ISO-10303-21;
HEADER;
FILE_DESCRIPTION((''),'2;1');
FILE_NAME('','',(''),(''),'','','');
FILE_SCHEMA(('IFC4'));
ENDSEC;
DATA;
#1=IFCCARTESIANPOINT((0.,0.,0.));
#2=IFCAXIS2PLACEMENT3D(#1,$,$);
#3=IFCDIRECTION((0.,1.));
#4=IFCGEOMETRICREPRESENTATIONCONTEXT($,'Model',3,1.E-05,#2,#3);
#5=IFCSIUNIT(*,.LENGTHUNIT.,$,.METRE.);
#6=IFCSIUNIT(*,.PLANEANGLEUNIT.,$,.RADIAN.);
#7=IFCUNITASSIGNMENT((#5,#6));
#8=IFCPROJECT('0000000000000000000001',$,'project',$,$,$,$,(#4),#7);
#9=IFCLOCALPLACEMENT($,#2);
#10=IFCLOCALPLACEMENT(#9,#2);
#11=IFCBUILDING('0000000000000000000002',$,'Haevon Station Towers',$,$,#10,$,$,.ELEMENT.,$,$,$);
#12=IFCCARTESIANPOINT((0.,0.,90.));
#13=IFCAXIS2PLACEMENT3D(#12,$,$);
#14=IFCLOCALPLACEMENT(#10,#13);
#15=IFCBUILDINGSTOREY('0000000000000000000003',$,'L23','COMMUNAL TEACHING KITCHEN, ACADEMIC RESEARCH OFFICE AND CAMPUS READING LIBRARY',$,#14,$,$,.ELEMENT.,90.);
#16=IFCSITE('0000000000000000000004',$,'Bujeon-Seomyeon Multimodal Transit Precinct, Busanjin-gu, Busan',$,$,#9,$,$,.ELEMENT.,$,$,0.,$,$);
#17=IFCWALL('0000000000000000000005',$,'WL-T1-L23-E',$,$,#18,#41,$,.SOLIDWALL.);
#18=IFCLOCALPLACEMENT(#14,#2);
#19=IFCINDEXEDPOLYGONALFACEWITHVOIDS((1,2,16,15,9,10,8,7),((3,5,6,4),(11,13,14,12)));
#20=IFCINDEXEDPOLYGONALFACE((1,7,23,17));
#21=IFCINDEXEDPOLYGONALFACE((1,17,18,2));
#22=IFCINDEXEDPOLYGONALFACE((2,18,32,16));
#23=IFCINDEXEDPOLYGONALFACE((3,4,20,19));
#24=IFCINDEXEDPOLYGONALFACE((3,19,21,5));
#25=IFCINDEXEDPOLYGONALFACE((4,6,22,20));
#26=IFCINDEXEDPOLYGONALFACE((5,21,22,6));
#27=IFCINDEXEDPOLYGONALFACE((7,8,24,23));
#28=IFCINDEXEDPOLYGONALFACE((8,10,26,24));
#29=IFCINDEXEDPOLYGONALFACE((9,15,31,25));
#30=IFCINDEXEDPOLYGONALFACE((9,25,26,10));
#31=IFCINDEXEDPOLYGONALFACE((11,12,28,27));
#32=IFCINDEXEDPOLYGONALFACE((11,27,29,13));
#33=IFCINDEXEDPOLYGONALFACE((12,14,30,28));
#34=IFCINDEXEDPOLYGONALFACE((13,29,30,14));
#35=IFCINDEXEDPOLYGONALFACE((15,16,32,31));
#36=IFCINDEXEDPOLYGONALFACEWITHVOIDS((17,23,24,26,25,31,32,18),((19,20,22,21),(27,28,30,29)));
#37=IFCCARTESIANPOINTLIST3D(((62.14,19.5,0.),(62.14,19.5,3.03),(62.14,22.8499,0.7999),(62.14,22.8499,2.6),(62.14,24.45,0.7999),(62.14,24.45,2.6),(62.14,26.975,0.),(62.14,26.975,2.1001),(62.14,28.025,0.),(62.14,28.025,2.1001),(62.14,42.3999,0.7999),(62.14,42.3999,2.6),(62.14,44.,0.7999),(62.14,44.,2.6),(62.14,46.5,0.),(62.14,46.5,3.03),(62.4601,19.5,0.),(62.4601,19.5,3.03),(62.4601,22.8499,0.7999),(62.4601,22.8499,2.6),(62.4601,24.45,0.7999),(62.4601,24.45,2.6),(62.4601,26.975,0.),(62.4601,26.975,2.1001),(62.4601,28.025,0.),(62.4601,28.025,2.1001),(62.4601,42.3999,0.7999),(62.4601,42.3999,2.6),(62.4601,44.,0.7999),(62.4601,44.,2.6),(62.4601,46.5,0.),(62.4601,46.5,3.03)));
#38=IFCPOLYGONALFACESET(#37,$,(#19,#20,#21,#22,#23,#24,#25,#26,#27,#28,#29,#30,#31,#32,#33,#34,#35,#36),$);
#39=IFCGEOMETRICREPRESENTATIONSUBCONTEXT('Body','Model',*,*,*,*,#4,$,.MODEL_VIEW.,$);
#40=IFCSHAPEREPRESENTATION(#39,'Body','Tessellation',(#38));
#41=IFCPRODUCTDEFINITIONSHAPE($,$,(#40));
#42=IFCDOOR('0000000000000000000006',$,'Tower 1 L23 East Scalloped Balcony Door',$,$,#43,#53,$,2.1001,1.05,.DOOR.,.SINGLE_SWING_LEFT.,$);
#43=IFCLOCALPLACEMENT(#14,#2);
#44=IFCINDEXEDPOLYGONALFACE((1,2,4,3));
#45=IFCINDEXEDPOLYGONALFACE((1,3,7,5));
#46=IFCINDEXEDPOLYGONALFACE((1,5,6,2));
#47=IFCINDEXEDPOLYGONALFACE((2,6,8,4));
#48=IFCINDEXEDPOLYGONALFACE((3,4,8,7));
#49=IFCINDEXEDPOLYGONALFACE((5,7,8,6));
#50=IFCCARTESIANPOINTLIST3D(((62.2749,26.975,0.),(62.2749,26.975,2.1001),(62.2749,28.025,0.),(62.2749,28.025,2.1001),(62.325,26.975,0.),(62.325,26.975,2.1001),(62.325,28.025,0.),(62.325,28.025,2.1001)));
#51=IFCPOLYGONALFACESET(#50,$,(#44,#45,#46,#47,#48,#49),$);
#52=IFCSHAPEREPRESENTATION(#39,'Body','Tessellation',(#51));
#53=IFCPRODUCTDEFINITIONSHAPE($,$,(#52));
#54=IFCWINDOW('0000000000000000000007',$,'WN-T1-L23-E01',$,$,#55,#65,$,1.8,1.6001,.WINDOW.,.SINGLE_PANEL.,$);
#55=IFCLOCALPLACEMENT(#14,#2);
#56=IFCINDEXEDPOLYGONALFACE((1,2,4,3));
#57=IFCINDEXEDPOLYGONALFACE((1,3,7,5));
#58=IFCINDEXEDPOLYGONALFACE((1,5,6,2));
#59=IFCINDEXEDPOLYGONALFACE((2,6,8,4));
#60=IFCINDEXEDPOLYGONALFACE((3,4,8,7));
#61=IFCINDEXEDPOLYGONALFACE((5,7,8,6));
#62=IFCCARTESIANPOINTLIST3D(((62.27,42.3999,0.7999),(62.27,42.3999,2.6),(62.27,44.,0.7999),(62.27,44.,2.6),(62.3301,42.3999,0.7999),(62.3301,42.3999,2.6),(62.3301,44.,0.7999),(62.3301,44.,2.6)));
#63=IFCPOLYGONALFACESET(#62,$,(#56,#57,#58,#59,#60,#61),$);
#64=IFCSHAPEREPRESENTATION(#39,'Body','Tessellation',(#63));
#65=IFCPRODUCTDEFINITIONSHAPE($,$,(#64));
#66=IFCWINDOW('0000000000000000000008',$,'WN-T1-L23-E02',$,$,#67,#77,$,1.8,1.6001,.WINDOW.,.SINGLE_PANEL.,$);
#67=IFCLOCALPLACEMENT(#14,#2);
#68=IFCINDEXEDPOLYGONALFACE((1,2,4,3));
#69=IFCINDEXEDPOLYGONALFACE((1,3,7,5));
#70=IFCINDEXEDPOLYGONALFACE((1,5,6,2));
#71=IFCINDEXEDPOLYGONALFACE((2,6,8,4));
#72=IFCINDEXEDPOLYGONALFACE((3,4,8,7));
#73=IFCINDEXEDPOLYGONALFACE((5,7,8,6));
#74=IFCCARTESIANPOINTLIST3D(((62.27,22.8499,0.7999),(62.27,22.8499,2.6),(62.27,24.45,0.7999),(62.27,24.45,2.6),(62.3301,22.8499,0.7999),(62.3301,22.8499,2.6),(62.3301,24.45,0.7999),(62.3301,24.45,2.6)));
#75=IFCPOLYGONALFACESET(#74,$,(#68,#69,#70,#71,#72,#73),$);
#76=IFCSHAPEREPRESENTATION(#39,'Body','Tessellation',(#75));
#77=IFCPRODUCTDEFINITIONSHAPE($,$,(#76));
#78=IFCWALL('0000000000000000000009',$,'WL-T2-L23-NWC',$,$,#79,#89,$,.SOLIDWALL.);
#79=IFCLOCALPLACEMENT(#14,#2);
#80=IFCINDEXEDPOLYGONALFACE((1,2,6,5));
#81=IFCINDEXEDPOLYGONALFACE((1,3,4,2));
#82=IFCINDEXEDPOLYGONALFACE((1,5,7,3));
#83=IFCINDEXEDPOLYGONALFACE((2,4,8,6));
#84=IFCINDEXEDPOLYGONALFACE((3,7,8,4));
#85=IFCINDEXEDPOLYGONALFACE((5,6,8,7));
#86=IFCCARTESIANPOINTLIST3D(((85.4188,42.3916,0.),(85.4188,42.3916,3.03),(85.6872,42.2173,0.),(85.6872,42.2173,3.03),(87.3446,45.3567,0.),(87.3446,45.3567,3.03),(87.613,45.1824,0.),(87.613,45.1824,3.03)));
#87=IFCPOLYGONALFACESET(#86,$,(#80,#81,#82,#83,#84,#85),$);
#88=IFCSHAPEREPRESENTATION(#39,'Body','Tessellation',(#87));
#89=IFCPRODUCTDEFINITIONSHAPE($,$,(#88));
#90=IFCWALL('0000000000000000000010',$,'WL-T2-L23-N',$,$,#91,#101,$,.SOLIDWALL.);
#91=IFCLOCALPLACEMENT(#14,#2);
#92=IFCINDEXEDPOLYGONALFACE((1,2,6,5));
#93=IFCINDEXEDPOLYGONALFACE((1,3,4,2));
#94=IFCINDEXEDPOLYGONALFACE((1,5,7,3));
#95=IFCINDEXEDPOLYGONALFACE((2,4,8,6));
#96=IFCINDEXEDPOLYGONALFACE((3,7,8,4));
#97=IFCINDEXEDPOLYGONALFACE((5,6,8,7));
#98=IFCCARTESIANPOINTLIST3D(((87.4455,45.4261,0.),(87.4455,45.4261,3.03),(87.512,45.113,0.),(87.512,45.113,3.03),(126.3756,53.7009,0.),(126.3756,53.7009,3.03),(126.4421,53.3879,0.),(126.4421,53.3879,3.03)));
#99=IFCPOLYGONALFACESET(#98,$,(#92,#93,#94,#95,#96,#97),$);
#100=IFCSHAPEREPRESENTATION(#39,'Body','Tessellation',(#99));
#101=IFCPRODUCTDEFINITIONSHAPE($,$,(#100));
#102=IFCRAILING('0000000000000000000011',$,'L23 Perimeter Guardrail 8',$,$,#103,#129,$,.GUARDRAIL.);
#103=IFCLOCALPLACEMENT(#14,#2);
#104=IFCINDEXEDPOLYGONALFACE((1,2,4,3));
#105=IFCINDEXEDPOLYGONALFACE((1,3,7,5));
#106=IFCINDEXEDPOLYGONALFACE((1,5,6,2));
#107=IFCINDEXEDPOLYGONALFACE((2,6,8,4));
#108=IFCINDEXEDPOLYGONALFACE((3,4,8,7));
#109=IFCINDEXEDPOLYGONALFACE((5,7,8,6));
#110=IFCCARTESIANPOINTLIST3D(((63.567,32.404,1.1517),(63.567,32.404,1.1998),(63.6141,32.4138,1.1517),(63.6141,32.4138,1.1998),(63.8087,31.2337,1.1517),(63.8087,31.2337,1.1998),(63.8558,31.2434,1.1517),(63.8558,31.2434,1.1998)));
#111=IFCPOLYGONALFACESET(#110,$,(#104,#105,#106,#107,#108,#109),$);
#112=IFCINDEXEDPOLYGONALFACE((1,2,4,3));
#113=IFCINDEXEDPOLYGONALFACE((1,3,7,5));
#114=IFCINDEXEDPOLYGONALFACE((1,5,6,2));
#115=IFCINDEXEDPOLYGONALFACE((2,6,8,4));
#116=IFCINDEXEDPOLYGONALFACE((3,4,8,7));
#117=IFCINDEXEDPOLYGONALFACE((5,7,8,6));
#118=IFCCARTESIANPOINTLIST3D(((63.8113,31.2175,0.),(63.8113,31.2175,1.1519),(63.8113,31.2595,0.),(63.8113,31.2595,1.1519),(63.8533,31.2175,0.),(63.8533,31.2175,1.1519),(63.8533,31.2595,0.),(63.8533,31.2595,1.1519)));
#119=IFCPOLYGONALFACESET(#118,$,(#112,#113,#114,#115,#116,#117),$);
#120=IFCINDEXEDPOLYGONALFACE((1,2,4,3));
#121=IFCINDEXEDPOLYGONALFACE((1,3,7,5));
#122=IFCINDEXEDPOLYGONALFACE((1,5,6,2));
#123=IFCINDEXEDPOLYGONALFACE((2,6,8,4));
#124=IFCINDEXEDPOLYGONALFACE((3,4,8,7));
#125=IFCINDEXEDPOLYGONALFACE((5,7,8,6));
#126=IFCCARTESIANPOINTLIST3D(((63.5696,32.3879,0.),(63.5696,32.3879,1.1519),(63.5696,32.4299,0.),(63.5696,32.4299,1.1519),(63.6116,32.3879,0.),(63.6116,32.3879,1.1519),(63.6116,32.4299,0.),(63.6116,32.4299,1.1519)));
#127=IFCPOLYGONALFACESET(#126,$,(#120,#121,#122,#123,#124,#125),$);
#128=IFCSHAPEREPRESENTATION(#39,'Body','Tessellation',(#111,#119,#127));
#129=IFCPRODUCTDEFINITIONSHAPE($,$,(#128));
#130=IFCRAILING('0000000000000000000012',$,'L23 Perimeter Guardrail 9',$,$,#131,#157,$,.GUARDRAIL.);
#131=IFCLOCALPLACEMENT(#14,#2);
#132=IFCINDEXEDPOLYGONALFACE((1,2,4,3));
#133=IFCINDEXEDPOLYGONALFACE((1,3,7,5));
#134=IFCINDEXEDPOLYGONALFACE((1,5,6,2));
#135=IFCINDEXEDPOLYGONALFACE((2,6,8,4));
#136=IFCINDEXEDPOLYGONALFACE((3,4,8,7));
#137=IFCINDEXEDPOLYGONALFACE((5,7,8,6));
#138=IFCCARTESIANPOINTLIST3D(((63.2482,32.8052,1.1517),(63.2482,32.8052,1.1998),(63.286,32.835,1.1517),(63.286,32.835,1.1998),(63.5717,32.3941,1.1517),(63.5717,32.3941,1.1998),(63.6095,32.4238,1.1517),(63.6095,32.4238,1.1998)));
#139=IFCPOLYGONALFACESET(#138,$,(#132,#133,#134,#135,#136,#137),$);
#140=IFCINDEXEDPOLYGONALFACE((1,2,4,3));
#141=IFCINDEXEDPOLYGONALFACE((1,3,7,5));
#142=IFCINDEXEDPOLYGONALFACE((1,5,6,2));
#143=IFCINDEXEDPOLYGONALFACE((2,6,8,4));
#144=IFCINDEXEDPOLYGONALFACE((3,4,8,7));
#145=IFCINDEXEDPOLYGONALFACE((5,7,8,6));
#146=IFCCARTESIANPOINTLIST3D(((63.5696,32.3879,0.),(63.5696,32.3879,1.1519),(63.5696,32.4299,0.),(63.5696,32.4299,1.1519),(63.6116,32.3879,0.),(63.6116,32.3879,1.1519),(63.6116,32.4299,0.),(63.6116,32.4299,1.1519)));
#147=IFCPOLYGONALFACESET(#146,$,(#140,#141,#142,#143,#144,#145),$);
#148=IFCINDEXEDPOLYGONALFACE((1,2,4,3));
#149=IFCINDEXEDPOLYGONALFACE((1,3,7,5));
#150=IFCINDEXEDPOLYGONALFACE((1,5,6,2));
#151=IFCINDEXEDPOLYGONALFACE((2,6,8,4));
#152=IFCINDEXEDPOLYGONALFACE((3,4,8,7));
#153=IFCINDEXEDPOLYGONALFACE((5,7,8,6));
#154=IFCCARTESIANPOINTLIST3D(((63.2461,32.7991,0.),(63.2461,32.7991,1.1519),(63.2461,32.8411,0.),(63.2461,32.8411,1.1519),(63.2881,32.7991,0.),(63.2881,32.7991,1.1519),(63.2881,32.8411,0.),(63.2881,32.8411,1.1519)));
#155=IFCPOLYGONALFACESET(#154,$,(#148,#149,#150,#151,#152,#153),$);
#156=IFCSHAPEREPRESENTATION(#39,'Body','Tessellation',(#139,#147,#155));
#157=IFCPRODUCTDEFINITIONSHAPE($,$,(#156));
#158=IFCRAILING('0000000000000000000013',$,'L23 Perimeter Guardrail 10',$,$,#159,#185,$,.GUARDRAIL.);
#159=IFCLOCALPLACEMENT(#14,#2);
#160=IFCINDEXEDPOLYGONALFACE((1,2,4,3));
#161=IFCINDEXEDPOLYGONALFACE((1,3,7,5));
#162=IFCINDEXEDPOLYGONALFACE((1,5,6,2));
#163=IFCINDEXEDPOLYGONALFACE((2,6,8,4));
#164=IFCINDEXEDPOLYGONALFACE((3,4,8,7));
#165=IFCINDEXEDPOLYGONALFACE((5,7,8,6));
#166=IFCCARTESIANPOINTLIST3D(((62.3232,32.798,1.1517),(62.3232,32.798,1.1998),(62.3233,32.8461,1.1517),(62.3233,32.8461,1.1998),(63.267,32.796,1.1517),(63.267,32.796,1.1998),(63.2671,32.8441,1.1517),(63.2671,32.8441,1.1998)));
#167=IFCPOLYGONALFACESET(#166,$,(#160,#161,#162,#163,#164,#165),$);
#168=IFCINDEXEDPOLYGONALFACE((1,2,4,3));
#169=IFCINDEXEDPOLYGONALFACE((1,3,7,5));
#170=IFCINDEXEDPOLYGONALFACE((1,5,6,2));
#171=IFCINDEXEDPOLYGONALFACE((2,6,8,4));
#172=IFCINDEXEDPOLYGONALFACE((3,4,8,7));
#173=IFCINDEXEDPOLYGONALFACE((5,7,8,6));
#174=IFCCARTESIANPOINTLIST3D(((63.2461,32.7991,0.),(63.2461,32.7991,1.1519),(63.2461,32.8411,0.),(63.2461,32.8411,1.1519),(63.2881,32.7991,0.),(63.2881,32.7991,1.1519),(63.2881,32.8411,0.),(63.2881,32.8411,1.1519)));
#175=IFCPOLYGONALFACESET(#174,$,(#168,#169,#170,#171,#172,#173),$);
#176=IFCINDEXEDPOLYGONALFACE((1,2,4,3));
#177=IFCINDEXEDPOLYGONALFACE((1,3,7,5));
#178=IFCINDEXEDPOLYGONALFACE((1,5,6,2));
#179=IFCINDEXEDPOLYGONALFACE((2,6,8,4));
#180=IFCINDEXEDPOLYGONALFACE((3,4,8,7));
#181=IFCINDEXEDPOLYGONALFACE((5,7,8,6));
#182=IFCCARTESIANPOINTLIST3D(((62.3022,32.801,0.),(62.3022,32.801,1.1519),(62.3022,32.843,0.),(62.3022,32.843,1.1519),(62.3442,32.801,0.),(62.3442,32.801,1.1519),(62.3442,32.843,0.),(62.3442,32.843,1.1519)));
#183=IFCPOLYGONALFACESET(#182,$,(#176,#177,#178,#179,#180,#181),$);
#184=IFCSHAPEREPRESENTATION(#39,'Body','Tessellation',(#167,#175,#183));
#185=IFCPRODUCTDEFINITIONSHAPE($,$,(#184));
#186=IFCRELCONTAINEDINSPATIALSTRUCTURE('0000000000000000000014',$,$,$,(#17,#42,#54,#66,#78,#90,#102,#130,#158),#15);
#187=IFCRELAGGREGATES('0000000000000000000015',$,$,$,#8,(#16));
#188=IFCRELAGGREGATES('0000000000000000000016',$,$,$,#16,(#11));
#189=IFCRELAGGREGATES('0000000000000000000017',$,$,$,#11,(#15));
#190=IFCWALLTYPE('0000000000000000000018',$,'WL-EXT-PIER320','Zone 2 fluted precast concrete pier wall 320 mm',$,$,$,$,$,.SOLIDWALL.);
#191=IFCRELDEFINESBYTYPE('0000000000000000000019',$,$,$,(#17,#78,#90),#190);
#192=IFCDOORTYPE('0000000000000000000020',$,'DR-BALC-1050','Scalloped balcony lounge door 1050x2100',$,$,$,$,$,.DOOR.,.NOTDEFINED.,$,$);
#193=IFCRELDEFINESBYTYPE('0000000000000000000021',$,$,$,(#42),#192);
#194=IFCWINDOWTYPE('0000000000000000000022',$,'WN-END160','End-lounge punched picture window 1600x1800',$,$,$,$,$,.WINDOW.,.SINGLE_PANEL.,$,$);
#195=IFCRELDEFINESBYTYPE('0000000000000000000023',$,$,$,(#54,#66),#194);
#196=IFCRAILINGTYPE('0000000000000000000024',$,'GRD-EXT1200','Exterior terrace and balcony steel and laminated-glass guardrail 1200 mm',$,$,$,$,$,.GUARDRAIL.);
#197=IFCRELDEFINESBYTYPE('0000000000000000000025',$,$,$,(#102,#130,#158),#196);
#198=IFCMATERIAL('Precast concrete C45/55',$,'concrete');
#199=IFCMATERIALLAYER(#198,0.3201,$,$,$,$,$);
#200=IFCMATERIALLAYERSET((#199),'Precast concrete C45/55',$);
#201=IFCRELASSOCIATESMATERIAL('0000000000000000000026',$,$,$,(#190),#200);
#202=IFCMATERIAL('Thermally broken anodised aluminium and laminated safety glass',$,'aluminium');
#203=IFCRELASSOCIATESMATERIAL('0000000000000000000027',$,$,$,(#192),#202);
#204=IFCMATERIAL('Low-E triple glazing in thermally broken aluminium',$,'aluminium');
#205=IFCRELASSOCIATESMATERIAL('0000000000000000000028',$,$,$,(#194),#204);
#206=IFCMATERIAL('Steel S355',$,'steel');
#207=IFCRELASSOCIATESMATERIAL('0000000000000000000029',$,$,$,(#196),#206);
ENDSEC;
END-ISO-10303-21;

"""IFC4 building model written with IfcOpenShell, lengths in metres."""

from ifc_helpers import new_model, si_unit, direction, frame, frame_2d, origin, origin_2d, place, context, subcontext, project, spatial, rectangle, extrude, material, layer, layer_set, type_object, element, fill, save


model = new_model("IFC4")

# Units and contexts
model_context = context("Model", 3, precision=1e-05, world=origin(), true_north=direction((0.0, 1.0)))
body_context = subcontext(model_context, "Body", "Model", "MODEL_VIEW")
ifc_project = project(units=[si_unit("LENGTHUNIT", "METRE"), si_unit("PLANEANGLEUNIT", "RADIAN")], contexts=[model_context])

# Site, building, storey
site_placement = place(None, origin())
site = spatial("IfcSite", under=ifc_project, at=site_placement, Name="Bujeon-Seomyeon Multimodal Transit Precinct, Busanjin-gu, Busan", CompositionType="ELEMENT", RefElevation=0.0)
building_placement = place(site_placement, origin())
building = spatial("IfcBuilding", under=site, at=building_placement, Name="Haevon Station Towers", CompositionType="ELEMENT")
storey_placement = place(building_placement, frame((0.0, 0.0, 90.0)))
storey = spatial("IfcBuildingStorey", under=building, at=storey_placement, Name="L23", Description="COMMUNAL TEACHING KITCHEN, ACADEMIC RESEARCH OFFICE AND CAMPUS READING LIBRARY", CompositionType="ELEMENT", Elevation=90.0)

# Shared definitions
ifc_material_1 = material(Name="Steel S355", Category="steel")

# Shared definitions
ifc_material_2 = material(Name="Precast concrete C45/55", Category="concrete")
ifc_layer_1 = layer(ifc_material_2, 0.3201)
ifc_layer_set_1 = layer_set([ifc_layer_1], Name="Precast concrete C45/55")
wall_type = type_object("IfcWallType", Name="WL-EXT-PIER320", Description="Zone 2 fluted precast concrete pier wall 320 mm", PredefinedType="SOLIDWALL", material=ifc_layer_set_1)

# Wall, openings, door, windows
wall_1_placement = place(storey_placement, frame((62.3, 46.5, 0.0), z_axis=(0.0, 0.0, 1.0), x_axis=(0.0, -1.0, 0.0)))
wall_1 = element("IfcWall", 1, at=wall_1_placement, inside=storey, type_object=wall_type, Name="WL-T1-L23-E", PredefinedType="SOLIDWALL", context=body_context, shape_type="SweptSolid", body=[
    extrude(rectangle(XDim=27.0, YDim=0.3201, at=frame_2d((13.5, 0.0))), origin(), (0.0, 0.0, 1.0), 3.03),
])
opening_1_placement = place(wall_1_placement, frame((18.4751, 0.0, 0.0)))
opening_1 = element("IfcOpeningElement", 2, at=opening_1_placement, cuts=wall_1, PredefinedType="OPENING", context=body_context, shape_type="SweptSolid", body=[
    extrude(rectangle(XDim=1.05, YDim=2.1001, at=frame_2d((0.5249, 1.05))), frame((0.0, 0.1699, 0.0), z_axis=(0.0, -1.0, 0.0), x_axis=(1.0, 0.0, 0.0)), (0.0, 0.0, 1.0), 0.3401),
])
opening_2_placement = place(wall_1_placement, frame((2.5, 0.0, 0.8)))
opening_2 = element("IfcOpeningElement", 3, at=opening_2_placement, cuts=wall_1, PredefinedType="OPENING", context=body_context, shape_type="SweptSolid", body=[
    extrude(rectangle(XDim=1.6001, YDim=1.8, at=frame_2d((0.8, 0.8999))), frame((0.0, 0.1699, 0.0), z_axis=(0.0, -1.0, 0.0), x_axis=(1.0, 0.0, 0.0)), (0.0, 0.0, 1.0), 0.3401),
])
opening_3_placement = place(wall_1_placement, frame((22.05, 0.0, 0.8)))
opening_3 = element("IfcOpeningElement", 4, at=opening_3_placement, cuts=wall_1, PredefinedType="OPENING", context=body_context, shape_type="SweptSolid", body=[
    extrude(rectangle(XDim=1.6001, YDim=1.8, at=frame_2d((0.8, 0.8999))), frame((0.0, 0.1699, 0.0), z_axis=(0.0, -1.0, 0.0), x_axis=(1.0, 0.0, 0.0)), (0.0, 0.0, 1.0), 0.3401),
])
ifc_material_3 = material(Name="Thermally broken anodised aluminium and laminated safety glass", Category="aluminium")
door_type = type_object("IfcDoorType", Name="DR-BALC-1050", Description="Scalloped balcony lounge door 1050x2100", OperationType="NOTDEFINED", PredefinedType="DOOR", material=ifc_material_3)
door_placement = place(opening_1_placement, origin())
door = element("IfcDoor", 5, at=door_placement, inside=storey, type_object=door_type, Name="Tower 1 L23 East Scalloped Balcony Door", OperationType="SINGLE_SWING_LEFT", OverallHeight=2.1001, OverallWidth=1.05, PredefinedType="DOOR", context=body_context, shape_type="SweptSolid", body=[
    extrude(rectangle(XDim=1.05, YDim=2.1001, at=frame_2d((0.5249, 1.05))), frame((0.0, 0.0249, 0.0), z_axis=(0.0, -1.0, 0.0), x_axis=(1.0, 0.0, 0.0)), (0.0, 0.0, 1.0), 0.05),
])
fill(opening_1, door)
ifc_material_4 = material(Name="Low-E triple glazing in thermally broken aluminium", Category="aluminium")
window_type = type_object("IfcWindowType", Name="WN-END160", Description="End-lounge punched picture window 1600x1800", PartitioningType="SINGLE_PANEL", PredefinedType="WINDOW", material=ifc_material_4)
window_1_placement = place(opening_2_placement, origin())
window_1 = element("IfcWindow", 6, at=window_1_placement, inside=storey, type_object=window_type, Name="WN-T1-L23-E01", OverallHeight=1.8, OverallWidth=1.6001, PartitioningType="SINGLE_PANEL", PredefinedType="WINDOW", context=body_context, shape_type="SweptSolid", body=[
    extrude(rectangle(XDim=1.6001, YDim=1.8, at=frame_2d((0.8, 0.8999))), frame((0.0, 0.03, 0.0), z_axis=(0.0, -1.0, 0.0), x_axis=(1.0, 0.0, 0.0)), (0.0, 0.0, 1.0), 0.0601),
])
fill(opening_2, window_1)
window_2_placement = place(opening_3_placement, origin())
window_2 = element("IfcWindow", 7, at=window_2_placement, inside=storey, type_object=window_type, Name="WN-T1-L23-E02", OverallHeight=1.8, OverallWidth=1.6001, PartitioningType="SINGLE_PANEL", PredefinedType="WINDOW", context=body_context, shape_type="SweptSolid", body=[
    extrude(rectangle(XDim=1.6001, YDim=1.8, at=frame_2d((0.8, 0.8999))), frame((0.0, 0.03, 0.0), z_axis=(0.0, -1.0, 0.0), x_axis=(1.0, 0.0, 0.0)), (0.0, 0.0, 1.0), 0.0601),
])
fill(opening_3, window_2)

# Walls
wall_2_placement = place(storey_placement, frame((85.553, 42.3044, 0.0), z_axis=(0.0, 0.0, 1.0), x_axis=(0.544685, 0.838641, 0.0)))
element("IfcWall", 8, at=wall_2_placement, inside=storey, type_object=wall_type, Name="WL-T2-L23-NWC", PredefinedType="SOLIDWALL", context=body_context, shape_type="SweptSolid", body=[
    extrude(rectangle(XDim=3.5356, YDim=0.3201, at=frame_2d((1.7678, 0.0))), origin(), (0.0, 0.0, 1.0), 3.03),
])
wall_3_placement = place(storey_placement, frame((87.4788, 45.2695, 0.0), z_axis=(0.0, 0.0, 1.0), x_axis=(0.978147, 0.207913, 0.0)))
element("IfcWall", 9, at=wall_3_placement, inside=storey, type_object=wall_type, Name="WL-T2-L23-N", PredefinedType="SOLIDWALL", context=body_context, shape_type="SweptSolid", body=[
    extrude(rectangle(XDim=39.7998, YDim=0.3201, at=frame_2d((19.8999, 0.0))), origin(), (0.0, 0.0, 1.0), 3.03),
])

# Railings
railing_type = type_object("IfcRailingType", Name="GRD-EXT1200", Description="Exterior terrace and balcony steel and laminated-glass guardrail 1200 mm", PredefinedType="GUARDRAIL", material=ifc_material_1)
railing_1_placement = place(storey_placement, frame((63.8323, 31.2385, 0.0)))
element("IfcRailing", 10, at=railing_1_placement, inside=storey, type_object=railing_type, Name="L23 Perimeter Guardrail 8", PredefinedType="GUARDRAIL", context=body_context, shape_type="SweptSolid", body=[
    extrude(rectangle(XDim=0.0481, YDim=0.0481, at=origin_2d()), frame((0.0, 0.0, 1.1758), z_axis=(-0.202241, 0.979336, 0.0), x_axis=(-0.979336, -0.202241, 0.0)), (0.0, 0.0, 1.0), 1.1951),
    extrude(rectangle(XDim=0.042, YDim=0.042, at=origin_2d()), origin(), (0.0, 0.0, 1.0), 1.1519),
    extrude(rectangle(XDim=0.042, YDim=0.042, at=origin_2d()), frame((-0.2417, 1.1704, 0.0)), (0.0, 0.0, 1.0), 1.1519),
])
railing_2_placement = place(storey_placement, frame((63.5906, 32.4089, 0.0)))
element("IfcRailing", 11, at=railing_2_placement, inside=storey, type_object=railing_type, Name="L23 Perimeter Guardrail 9", PredefinedType="GUARDRAIL", context=body_context, shape_type="SweptSolid", body=[
    extrude(rectangle(XDim=0.0481, YDim=0.0481, at=origin_2d()), frame((0.0, 0.0, 1.1758), z_axis=(-0.618357, 0.785897, 0.0), x_axis=(-0.785897, -0.618357, 0.0)), (0.0, 0.0, 1.0), 0.5232),
    extrude(rectangle(XDim=0.042, YDim=0.042, at=origin_2d()), origin(), (0.0, 0.0, 1.0), 1.1519),
    extrude(rectangle(XDim=0.042, YDim=0.042, at=origin_2d()), frame((-0.3235, 0.4111, 0.0)), (0.0, 0.0, 1.0), 1.1519),
])
railing_3_placement = place(storey_placement, frame((63.2671, 32.8201, 0.0)))
element("IfcRailing", 12, at=railing_3_placement, inside=storey, type_object=railing_type, Name="L23 Perimeter Guardrail 10", PredefinedType="GUARDRAIL", context=body_context, shape_type="SweptSolid", body=[
    extrude(rectangle(XDim=0.0481, YDim=0.0481, at=origin_2d()), frame((0.0, 0.0, 1.1758), z_axis=(-0.999998, 0.002069, 0.0), x_axis=(-0.002069, -0.999998, 0.0)), (0.0, 0.0, 1.0), 0.9438),
    extrude(rectangle(XDim=0.042, YDim=0.042, at=origin_2d()), origin(), (0.0, 0.0, 1.0), 1.1519),
    extrude(rectangle(XDim=0.042, YDim=0.042, at=origin_2d()), frame((-0.9438, 0.002, 0.0)), (0.0, 0.0, 1.0), 1.1519),
])

save(model, "model.ifc")
